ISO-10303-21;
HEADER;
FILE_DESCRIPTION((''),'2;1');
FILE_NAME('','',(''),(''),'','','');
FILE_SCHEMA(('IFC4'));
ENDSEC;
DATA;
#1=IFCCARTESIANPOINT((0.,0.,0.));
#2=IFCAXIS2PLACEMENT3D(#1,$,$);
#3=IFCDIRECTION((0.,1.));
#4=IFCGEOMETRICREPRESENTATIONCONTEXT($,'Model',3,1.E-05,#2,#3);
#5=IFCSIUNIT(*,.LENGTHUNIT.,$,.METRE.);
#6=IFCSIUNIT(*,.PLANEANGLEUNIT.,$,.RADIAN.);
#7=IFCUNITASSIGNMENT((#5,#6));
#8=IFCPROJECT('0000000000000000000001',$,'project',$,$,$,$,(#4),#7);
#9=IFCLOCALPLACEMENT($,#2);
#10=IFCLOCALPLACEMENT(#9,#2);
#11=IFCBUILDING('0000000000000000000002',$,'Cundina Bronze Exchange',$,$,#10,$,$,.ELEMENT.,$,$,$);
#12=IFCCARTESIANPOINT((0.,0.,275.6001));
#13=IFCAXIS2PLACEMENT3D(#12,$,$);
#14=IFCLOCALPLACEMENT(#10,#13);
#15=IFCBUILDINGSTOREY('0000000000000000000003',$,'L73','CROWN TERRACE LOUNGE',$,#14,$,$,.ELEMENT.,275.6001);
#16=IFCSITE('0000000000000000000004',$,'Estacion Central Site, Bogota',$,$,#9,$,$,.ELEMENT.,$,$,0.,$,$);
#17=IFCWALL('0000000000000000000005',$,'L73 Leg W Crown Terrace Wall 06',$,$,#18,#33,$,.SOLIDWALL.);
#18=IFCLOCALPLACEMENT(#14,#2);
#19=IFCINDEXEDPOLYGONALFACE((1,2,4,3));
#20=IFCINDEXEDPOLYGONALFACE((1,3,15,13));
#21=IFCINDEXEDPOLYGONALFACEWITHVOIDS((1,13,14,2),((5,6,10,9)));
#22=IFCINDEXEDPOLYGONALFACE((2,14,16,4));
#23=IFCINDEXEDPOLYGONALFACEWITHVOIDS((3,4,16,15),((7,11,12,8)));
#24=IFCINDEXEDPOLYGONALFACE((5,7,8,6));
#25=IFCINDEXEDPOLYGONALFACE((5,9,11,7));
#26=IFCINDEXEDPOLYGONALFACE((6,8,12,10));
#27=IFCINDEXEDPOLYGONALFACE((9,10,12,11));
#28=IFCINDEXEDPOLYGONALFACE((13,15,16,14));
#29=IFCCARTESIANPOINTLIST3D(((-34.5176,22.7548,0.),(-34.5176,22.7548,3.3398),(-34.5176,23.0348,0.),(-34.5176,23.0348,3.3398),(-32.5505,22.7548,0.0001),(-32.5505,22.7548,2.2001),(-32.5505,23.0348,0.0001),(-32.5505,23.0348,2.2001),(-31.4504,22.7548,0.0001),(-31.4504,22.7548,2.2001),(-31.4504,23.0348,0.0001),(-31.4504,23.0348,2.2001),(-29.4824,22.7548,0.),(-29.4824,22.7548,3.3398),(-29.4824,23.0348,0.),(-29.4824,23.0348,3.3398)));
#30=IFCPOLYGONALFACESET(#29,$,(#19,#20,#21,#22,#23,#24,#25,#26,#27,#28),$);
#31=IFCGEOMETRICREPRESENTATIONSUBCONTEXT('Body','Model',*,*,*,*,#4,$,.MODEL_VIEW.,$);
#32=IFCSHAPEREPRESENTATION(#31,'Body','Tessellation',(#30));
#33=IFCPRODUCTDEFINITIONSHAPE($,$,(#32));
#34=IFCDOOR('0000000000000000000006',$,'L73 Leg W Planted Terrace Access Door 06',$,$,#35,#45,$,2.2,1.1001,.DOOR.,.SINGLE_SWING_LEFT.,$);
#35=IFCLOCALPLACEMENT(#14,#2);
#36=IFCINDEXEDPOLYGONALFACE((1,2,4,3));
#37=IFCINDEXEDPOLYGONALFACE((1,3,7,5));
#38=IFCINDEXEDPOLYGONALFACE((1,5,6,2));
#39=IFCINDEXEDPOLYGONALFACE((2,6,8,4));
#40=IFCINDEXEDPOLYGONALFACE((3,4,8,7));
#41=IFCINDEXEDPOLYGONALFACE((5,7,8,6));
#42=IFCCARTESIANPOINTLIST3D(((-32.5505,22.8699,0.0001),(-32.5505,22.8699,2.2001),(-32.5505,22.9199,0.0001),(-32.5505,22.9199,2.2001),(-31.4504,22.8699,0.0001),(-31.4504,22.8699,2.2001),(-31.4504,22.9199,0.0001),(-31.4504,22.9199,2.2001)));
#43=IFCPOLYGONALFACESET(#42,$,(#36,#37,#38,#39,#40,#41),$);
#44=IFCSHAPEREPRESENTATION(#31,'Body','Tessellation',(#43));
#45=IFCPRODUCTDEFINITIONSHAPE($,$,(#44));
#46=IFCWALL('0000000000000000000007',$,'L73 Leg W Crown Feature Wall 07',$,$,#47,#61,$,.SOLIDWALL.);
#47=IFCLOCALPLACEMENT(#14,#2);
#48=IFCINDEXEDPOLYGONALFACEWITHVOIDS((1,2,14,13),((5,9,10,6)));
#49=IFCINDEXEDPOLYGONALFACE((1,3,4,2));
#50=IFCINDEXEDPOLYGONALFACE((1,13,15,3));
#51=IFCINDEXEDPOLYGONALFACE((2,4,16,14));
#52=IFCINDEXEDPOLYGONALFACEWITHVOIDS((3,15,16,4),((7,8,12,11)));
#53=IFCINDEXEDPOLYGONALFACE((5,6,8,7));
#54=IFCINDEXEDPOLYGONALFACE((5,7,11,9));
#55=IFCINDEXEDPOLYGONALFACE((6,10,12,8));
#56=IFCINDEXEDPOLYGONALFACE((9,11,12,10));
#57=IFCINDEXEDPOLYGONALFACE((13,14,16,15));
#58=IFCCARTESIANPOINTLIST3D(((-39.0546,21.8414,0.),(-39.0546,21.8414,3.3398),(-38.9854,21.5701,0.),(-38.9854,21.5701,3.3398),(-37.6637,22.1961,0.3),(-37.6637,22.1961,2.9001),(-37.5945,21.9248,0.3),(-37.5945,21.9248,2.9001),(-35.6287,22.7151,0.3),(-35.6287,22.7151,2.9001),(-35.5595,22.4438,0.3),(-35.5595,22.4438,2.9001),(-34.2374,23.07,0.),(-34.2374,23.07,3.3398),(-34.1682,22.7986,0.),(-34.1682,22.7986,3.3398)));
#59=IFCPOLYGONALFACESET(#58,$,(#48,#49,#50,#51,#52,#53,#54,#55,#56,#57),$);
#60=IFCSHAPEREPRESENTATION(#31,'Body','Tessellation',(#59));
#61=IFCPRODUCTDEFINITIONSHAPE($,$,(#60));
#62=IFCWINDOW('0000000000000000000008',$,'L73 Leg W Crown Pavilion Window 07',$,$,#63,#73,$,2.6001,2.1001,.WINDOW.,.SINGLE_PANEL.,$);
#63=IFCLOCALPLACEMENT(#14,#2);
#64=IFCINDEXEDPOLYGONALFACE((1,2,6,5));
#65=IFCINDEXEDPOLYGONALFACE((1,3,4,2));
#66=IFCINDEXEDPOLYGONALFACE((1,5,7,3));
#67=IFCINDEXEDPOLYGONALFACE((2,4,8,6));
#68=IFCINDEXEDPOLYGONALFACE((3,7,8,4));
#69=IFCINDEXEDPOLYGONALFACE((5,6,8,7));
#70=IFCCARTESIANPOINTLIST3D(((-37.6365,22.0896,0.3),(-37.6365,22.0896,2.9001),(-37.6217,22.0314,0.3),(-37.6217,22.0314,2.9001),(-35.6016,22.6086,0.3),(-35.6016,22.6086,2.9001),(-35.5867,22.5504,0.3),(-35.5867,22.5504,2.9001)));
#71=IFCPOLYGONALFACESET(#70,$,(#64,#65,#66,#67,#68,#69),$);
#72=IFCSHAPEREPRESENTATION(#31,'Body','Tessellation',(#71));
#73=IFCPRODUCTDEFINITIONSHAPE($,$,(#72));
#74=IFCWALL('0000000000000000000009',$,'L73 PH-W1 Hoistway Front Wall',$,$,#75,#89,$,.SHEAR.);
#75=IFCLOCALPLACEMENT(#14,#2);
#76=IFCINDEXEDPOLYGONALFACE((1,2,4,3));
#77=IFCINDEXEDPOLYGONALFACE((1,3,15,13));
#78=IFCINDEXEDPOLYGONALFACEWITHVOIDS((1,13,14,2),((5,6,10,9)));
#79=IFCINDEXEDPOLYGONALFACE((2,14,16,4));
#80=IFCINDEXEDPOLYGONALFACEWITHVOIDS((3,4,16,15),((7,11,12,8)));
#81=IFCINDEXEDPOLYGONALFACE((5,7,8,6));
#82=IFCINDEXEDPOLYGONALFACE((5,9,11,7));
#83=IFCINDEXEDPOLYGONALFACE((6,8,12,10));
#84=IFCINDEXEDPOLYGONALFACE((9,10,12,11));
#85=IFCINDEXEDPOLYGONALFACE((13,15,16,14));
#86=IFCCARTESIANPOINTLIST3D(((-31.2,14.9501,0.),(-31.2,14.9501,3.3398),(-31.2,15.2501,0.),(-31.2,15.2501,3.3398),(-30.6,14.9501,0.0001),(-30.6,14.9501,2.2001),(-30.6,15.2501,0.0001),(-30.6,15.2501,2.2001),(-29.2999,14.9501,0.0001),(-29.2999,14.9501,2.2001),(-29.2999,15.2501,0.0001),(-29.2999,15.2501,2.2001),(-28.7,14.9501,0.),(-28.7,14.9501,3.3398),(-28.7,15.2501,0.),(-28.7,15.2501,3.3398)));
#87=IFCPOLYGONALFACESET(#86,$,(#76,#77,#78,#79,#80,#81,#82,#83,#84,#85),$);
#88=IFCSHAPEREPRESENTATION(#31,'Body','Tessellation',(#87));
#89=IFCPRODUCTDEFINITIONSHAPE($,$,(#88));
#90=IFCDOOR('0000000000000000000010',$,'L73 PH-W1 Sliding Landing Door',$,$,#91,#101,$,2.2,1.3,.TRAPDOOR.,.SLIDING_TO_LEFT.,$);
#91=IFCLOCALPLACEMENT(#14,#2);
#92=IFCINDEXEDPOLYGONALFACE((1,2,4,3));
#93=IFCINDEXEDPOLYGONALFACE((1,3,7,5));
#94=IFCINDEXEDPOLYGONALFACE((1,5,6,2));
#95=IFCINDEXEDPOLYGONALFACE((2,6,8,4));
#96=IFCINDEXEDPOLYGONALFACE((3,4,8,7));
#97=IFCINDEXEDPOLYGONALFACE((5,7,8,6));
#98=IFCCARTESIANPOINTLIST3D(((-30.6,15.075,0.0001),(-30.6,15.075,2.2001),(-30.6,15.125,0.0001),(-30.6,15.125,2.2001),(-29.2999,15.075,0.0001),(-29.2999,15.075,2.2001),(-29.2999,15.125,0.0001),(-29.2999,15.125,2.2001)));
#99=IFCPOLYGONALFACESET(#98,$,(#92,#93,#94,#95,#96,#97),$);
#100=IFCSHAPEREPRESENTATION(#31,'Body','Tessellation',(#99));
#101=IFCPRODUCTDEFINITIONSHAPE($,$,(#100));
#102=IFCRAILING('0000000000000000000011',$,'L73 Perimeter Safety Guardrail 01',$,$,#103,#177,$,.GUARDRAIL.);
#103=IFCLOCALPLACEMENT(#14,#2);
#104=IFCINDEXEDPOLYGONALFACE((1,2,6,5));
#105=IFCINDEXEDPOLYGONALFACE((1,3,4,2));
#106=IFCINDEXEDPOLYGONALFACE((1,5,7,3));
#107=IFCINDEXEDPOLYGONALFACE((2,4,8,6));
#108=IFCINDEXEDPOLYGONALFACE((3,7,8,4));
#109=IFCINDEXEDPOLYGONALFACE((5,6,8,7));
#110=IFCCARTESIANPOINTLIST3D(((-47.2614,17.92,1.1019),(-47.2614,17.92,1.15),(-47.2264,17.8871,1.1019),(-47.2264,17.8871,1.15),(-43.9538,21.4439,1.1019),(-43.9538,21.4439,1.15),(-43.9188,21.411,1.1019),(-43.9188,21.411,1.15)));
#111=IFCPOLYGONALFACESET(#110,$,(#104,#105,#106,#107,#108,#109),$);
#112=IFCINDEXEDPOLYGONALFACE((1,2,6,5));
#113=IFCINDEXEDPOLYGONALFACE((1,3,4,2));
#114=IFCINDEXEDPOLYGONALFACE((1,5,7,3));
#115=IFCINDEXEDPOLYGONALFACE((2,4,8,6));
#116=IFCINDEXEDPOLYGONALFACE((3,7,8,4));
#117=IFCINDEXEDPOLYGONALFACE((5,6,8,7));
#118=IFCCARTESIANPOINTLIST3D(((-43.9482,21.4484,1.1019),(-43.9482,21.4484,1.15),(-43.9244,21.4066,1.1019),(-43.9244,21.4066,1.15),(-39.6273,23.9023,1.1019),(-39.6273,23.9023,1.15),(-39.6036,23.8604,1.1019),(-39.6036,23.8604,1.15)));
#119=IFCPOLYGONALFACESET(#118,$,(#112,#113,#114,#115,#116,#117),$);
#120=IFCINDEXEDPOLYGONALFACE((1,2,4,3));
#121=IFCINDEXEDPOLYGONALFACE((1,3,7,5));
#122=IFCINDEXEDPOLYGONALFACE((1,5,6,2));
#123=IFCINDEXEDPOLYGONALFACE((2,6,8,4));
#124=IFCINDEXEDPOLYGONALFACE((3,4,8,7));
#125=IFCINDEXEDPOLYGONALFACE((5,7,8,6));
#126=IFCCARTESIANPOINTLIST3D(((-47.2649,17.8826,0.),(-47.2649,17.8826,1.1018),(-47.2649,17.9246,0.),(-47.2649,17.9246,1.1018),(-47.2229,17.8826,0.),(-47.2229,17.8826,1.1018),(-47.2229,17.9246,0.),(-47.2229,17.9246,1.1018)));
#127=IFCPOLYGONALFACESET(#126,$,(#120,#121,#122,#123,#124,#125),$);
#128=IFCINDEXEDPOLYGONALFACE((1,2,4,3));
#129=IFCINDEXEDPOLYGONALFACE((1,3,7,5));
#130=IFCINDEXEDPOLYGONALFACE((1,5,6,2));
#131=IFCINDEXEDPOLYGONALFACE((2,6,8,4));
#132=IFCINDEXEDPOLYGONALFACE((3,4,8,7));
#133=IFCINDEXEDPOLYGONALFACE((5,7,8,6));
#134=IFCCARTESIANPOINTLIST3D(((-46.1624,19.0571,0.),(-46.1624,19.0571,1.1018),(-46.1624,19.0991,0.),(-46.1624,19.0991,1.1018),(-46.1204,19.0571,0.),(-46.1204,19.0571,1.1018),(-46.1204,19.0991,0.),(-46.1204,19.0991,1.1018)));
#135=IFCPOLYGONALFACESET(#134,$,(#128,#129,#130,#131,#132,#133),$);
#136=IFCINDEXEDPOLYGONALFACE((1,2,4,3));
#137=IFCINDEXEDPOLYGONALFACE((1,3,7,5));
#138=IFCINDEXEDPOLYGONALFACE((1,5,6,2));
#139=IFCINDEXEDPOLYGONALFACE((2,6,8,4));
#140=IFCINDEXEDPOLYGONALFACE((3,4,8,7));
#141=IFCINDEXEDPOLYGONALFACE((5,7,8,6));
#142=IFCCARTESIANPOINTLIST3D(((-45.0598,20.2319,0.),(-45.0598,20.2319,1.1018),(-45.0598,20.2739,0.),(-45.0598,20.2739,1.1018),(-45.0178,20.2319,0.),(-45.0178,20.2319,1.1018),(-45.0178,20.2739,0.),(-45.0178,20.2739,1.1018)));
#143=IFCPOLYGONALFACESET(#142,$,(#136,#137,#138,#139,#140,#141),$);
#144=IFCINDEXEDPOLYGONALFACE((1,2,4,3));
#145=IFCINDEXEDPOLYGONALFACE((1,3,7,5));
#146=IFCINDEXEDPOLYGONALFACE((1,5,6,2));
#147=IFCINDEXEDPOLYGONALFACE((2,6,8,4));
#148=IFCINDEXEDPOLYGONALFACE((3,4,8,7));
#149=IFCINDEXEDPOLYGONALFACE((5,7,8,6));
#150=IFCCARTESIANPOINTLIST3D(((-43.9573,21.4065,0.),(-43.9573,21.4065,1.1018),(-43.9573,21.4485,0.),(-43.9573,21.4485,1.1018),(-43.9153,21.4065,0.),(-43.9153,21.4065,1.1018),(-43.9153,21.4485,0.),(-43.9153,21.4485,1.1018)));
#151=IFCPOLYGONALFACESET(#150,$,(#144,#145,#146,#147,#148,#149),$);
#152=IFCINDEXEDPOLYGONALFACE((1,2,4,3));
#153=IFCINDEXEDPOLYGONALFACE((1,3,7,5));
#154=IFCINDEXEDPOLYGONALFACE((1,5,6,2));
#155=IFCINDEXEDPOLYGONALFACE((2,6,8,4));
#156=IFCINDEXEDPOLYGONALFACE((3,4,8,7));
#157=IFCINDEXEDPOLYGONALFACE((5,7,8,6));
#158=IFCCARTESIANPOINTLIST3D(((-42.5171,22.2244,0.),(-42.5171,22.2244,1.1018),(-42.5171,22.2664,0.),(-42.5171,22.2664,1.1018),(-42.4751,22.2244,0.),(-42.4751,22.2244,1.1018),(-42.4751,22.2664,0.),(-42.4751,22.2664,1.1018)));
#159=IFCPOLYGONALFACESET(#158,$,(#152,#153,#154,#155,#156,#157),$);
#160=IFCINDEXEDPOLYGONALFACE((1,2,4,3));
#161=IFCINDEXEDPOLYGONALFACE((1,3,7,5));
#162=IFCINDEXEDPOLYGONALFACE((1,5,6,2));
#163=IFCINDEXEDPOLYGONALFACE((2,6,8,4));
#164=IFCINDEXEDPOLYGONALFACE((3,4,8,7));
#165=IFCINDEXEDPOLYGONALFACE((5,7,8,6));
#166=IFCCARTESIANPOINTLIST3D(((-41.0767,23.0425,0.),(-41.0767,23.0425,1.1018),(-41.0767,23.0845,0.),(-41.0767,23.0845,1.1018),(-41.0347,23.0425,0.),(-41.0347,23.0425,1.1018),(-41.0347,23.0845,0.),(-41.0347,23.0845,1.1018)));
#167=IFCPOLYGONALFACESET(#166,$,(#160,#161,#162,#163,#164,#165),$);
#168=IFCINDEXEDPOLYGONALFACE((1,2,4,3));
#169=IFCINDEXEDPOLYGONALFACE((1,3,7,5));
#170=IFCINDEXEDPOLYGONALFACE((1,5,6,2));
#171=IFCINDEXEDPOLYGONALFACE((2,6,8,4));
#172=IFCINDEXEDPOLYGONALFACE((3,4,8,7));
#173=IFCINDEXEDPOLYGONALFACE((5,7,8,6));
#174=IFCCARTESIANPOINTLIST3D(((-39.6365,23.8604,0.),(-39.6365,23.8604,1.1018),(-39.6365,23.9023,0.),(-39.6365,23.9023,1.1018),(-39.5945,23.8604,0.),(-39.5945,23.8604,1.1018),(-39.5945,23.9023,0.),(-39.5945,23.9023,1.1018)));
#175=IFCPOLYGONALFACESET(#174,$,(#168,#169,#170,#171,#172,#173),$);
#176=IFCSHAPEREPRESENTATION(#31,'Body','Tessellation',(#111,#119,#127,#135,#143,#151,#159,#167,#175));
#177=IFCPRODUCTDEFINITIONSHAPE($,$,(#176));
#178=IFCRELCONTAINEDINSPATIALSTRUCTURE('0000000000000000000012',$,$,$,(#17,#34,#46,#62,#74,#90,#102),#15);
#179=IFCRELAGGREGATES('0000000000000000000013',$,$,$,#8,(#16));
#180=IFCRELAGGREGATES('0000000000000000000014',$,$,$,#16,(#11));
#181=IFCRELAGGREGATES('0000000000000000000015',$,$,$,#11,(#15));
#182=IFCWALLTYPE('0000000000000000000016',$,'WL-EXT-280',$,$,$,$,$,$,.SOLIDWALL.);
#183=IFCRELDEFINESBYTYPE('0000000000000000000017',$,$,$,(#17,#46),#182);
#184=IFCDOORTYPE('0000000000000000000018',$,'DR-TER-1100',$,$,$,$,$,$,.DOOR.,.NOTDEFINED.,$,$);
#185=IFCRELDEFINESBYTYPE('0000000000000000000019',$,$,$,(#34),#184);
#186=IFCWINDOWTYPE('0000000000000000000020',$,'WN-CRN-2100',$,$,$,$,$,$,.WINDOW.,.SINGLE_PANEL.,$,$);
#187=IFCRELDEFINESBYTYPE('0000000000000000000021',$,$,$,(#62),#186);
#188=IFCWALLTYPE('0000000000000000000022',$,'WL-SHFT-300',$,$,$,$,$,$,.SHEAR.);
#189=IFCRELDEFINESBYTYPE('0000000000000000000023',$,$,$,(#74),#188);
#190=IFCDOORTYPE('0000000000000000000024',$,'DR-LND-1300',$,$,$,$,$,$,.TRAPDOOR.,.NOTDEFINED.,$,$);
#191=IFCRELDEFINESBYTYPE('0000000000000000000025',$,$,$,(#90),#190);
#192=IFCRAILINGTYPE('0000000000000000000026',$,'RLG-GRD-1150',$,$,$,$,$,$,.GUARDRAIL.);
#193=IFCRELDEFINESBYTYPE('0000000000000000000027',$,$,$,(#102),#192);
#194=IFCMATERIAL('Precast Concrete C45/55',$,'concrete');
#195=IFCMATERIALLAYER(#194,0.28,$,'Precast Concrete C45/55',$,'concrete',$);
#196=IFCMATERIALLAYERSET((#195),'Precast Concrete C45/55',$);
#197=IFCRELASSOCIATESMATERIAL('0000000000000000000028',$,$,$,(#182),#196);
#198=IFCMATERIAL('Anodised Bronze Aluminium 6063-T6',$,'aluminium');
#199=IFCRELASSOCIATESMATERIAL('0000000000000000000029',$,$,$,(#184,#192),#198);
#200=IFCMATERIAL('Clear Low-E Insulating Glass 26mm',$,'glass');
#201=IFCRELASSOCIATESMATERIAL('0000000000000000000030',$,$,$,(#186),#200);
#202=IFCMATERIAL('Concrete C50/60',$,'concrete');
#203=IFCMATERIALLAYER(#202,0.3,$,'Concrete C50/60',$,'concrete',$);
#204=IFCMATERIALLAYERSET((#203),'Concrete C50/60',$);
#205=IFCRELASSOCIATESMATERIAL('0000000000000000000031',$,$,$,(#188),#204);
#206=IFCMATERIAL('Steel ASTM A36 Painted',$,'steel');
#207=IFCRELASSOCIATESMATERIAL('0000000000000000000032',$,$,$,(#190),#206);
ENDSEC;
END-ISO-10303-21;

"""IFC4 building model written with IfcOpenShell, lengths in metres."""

from ifc_helpers import new_model, si_unit, direction, frame, frame_2d, origin, origin_2d, place, context, subcontext, project, spatial, rectangle, extrude, material, layer, layer_set, type_object, element, fill, save


model = new_model("IFC4")

# Units and contexts
model_context = context("Model", 3, precision=1e-05, world=origin(), true_north=direction((0.0, 1.0)))
body_context = subcontext(model_context, "Body", "Model", "MODEL_VIEW")
ifc_project = project(units=[si_unit("LENGTHUNIT", "METRE"), si_unit("PLANEANGLEUNIT", "RADIAN")], contexts=[model_context])

# Site, building, storey
site_placement = place(None, origin())
site = spatial("IfcSite", under=ifc_project, at=site_placement, Name="Estacion Central Site, Bogota", CompositionType="ELEMENT", RefElevation=0.0)
building_placement = place(site_placement, origin())
building = spatial("IfcBuilding", under=site, at=building_placement, Name="Cundina Bronze Exchange", CompositionType="ELEMENT")
storey_placement = place(building_placement, frame((0.0, 0.0, 275.6001)))
storey = spatial("IfcBuildingStorey", under=building, at=storey_placement, Name="L73", Description="CROWN TERRACE LOUNGE", CompositionType="ELEMENT", Elevation=275.6001)

# Shared definitions
ifc_material_1 = material(Name="Concrete C50/60", Category="concrete")

# Shared definitions
ifc_material_2 = material(Name="Anodised Bronze Aluminium 6063-T6", Category="aluminium")

# Shared definitions
ifc_material_3 = material(Name="Clear Low-E Insulating Glass 26mm", Category="glass")

# Wall, opening, door
ifc_material_4 = material(Name="Precast Concrete C45/55", Category="concrete")
ifc_layer_1 = layer(ifc_material_4, 0.28, Name="Precast Concrete C45/55", Category="concrete")
ifc_layer_set_1 = layer_set([ifc_layer_1], Name="Precast Concrete C45/55")
wall_type_1 = type_object("IfcWallType", Name="WL-EXT-280", PredefinedType="SOLIDWALL", material=ifc_layer_set_1)
wall_1_placement = place(storey_placement, frame((-29.4824, 22.8948, 0.0), z_axis=(0.0, 0.0, 1.0), x_axis=(-1.0, 0.0, 0.0)))
wall_1 = element("IfcWall", 1, at=wall_1_placement, inside=storey, type_object=wall_type_1, Name="L73 Leg W Crown Terrace Wall 06", PredefinedType="SOLIDWALL", context=body_context, shape_type="SweptSolid", body=[
    extrude(rectangle(XDim=5.0352, YDim=0.28, at=frame_2d((2.5176, 0.0))), origin(), (0.0, 0.0, 1.0), 3.3398),
])
opening_1_placement = place(wall_1_placement, frame((1.968, 0.0, 0.0)))
opening_1 = element("IfcOpeningElement", 2, at=opening_1_placement, cuts=wall_1, PredefinedType="OPENING", context=body_context, shape_type="SweptSolid", body=[
    extrude(rectangle(XDim=1.1001, YDim=2.2, at=frame_2d((0.55, 1.1001))), frame((0.0, 0.1499, 0.0), z_axis=(0.0, -1.0, 0.0), x_axis=(1.0, 0.0, 0.0)), (0.0, 0.0, 1.0), 0.3),
])
door_type_1 = type_object("IfcDoorType", Name="DR-TER-1100", OperationType="NOTDEFINED", PredefinedType="DOOR", material=ifc_material_2)
door_1_placement = place(opening_1_placement, origin())
door_1 = element("IfcDoor", 3, at=door_1_placement, inside=storey, type_object=door_type_1, Name="L73 Leg W Planted Terrace Access Door 06", OperationType="SINGLE_SWING_LEFT", OverallHeight=2.2, OverallWidth=1.1001, PredefinedType="DOOR", context=body_context, shape_type="SweptSolid", body=[
    extrude(rectangle(XDim=1.1001, YDim=2.2, at=frame_2d((0.55, 1.1001))), frame((0.0, 0.0249, 0.0), z_axis=(0.0, -1.0, 0.0), x_axis=(1.0, 0.0, 0.0)), (0.0, 0.0, 1.0), 0.05),
])
fill(opening_1, door_1)

# Wall, opening, window
wall_2_placement = place(storey_placement, frame((-34.2026, 22.9343, 0.0), z_axis=(0.0, 0.0, 1.0), x_axis=(-0.968985, -0.24712, 0.0)))
wall_2 = element("IfcWall", 4, at=wall_2_placement, inside=storey, type_object=wall_type_1, Name="L73 Leg W Crown Feature Wall 07", PredefinedType="SOLIDWALL", context=body_context, shape_type="SweptSolid", body=[
    extrude(rectangle(XDim=4.9714, YDim=0.28, at=frame_2d((2.4858, 0.0))), origin(), (0.0, 0.0, 1.0), 3.3398),
])
opening_2_placement = place(wall_2_placement, frame((1.436, 0.0, 0.3)))
opening_2 = element("IfcOpeningElement", 5, at=opening_2_placement, cuts=wall_2, PredefinedType="OPENING", context=body_context, shape_type="SweptSolid", body=[
    extrude(rectangle(XDim=2.1001, YDim=2.6001, at=frame_2d((1.05, 1.3))), frame((0.0, 0.1499, 0.0), z_axis=(0.0, -1.0, 0.0), x_axis=(1.0, 0.0, 0.0)), (0.0, 0.0, 1.0), 0.3),
])
window_type = type_object("IfcWindowType", Name="WN-CRN-2100", PartitioningType="SINGLE_PANEL", PredefinedType="WINDOW", material=ifc_material_3)
window_placement = place(opening_2_placement, origin())
window = element("IfcWindow", 6, at=window_placement, inside=storey, type_object=window_type, Name="L73 Leg W Crown Pavilion Window 07", OverallHeight=2.6001, OverallWidth=2.1001, PartitioningType="SINGLE_PANEL", PredefinedType="WINDOW", context=body_context, shape_type="SweptSolid", body=[
    extrude(rectangle(XDim=2.1001, YDim=2.6001, at=frame_2d((1.05, 1.3))), frame((0.0, 0.03, 0.0), z_axis=(0.0, -1.0, 0.0), x_axis=(1.0, 0.0, 0.0)), (0.0, 0.0, 1.0), 0.0601),
])
fill(opening_2, window)

# Wall, opening, door
ifc_layer_2 = layer(ifc_material_1, 0.3, Name="Concrete C50/60", Category="concrete")
ifc_layer_set_2 = layer_set([ifc_layer_2], Name="Concrete C50/60")
wall_type_2 = type_object("IfcWallType", Name="WL-SHFT-300", PredefinedType="SHEAR", material=ifc_layer_set_2)
wall_3_placement = place(storey_placement, frame((-31.2, 15.1001, 0.0), z_axis=(0.0, 0.0, 1.0), x_axis=(1.0, 0.0, 0.0)))
wall_3 = element("IfcWall", 7, at=wall_3_placement, inside=storey, type_object=wall_type_2, Name="L73 PH-W1 Hoistway Front Wall", PredefinedType="SHEAR", context=body_context, shape_type="SweptSolid", body=[
    extrude(rectangle(XDim=2.5, YDim=0.3, at=frame_2d((1.25, 0.0))), origin(), (0.0, 0.0, 1.0), 3.3398),
])
opening_3_placement = place(wall_3_placement, frame((0.6001, 0.0, 0.0)))
opening_3 = element("IfcOpeningElement", 8, at=opening_3_placement, cuts=wall_3, PredefinedType="OPENING", context=body_context, shape_type="SweptSolid", body=[
    extrude(rectangle(XDim=1.3, YDim=2.2, at=frame_2d((0.6499, 1.1001))), frame((0.0, 0.1599, 0.0), z_axis=(0.0, -1.0, 0.0), x_axis=(1.0, 0.0, 0.0)), (0.0, 0.0, 1.0), 0.3201),
])
ifc_material_5 = material(Name="Steel ASTM A36 Painted", Category="steel")
door_type_2 = type_object("IfcDoorType", Name="DR-LND-1300", OperationType="NOTDEFINED", PredefinedType="TRAPDOOR", material=ifc_material_5)
door_2_placement = place(opening_3_placement, origin())
door_2 = element("IfcDoor", 9, at=door_2_placement, inside=storey, type_object=door_type_2, Name="L73 PH-W1 Sliding Landing Door", OperationType="SLIDING_TO_LEFT", OverallHeight=2.2, OverallWidth=1.3, PredefinedType="TRAPDOOR", context=body_context, shape_type="SweptSolid", body=[
    extrude(rectangle(XDim=1.3, YDim=2.2, at=frame_2d((0.6499, 1.1001))), frame((0.0, 0.0249, 0.0), z_axis=(0.0, -1.0, 0.0), x_axis=(1.0, 0.0, 0.0)), (0.0, 0.0, 1.0), 0.05),
])
fill(opening_3, door_2)

# Railing
railing_type = type_object("IfcRailingType", Name="RLG-GRD-1150", PredefinedType="GUARDRAIL", material=ifc_material_2)
railing_1_placement = place(storey_placement, frame((-47.2439, 17.9036, 0.0)))
element("IfcRailing", 10, at=railing_1_placement, inside=storey, type_object=railing_type, Name="L73 Perimeter Safety Guardrail 01", PredefinedType="GUARDRAIL", context=body_context, shape_type="SweptSolid", body=[
    extrude(rectangle(XDim=0.0481, YDim=0.0481, at=origin_2d()), frame((0.0, 0.0, 1.126), z_axis=(0.684375, 0.729131, 0.0), x_axis=(-0.729131, 0.684375, 0.0)), (0.0, 0.0, 1.0), 4.833),
    extrude(rectangle(XDim=0.0481, YDim=0.0481, at=origin_2d()), frame((3.3076, 3.5239, 1.126), z_axis=(0.869555, 0.493836, 0.0), x_axis=(-0.493836, 0.869555, 0.0)), (0.0, 0.0, 1.0), 4.969),
    extrude(rectangle(XDim=0.042, YDim=0.042, at=origin_2d()), origin(), (0.0, 0.0, 1.0), 1.1018),
    extrude(rectangle(XDim=0.042, YDim=0.042, at=origin_2d()), frame((1.1025, 1.1746, 0.0)), (0.0, 0.0, 1.0), 1.1018),
    extrude(rectangle(XDim=0.042, YDim=0.042, at=origin_2d()), frame((2.2051, 2.3494, 0.0)), (0.0, 0.0, 1.0), 1.1018),
    extrude(rectangle(XDim=0.042, YDim=0.042, at=origin_2d()), frame((3.3076, 3.5239, 0.0)), (0.0, 0.0, 1.0), 1.1018),
    extrude(rectangle(XDim=0.042, YDim=0.042, at=origin_2d()), frame((4.7478, 4.3418, 0.0)), (0.0, 0.0, 1.0), 1.1018),
    extrude(rectangle(XDim=0.042, YDim=0.042, at=origin_2d()), frame((6.1882, 5.1599, 0.0)), (0.0, 0.0, 1.0), 1.1018),
    extrude(rectangle(XDim=0.042, YDim=0.042, at=origin_2d()), frame((7.6284, 5.9778, 0.0)), (0.0, 0.0, 1.0), 1.1018),
])

save(model, "model.ifc")
